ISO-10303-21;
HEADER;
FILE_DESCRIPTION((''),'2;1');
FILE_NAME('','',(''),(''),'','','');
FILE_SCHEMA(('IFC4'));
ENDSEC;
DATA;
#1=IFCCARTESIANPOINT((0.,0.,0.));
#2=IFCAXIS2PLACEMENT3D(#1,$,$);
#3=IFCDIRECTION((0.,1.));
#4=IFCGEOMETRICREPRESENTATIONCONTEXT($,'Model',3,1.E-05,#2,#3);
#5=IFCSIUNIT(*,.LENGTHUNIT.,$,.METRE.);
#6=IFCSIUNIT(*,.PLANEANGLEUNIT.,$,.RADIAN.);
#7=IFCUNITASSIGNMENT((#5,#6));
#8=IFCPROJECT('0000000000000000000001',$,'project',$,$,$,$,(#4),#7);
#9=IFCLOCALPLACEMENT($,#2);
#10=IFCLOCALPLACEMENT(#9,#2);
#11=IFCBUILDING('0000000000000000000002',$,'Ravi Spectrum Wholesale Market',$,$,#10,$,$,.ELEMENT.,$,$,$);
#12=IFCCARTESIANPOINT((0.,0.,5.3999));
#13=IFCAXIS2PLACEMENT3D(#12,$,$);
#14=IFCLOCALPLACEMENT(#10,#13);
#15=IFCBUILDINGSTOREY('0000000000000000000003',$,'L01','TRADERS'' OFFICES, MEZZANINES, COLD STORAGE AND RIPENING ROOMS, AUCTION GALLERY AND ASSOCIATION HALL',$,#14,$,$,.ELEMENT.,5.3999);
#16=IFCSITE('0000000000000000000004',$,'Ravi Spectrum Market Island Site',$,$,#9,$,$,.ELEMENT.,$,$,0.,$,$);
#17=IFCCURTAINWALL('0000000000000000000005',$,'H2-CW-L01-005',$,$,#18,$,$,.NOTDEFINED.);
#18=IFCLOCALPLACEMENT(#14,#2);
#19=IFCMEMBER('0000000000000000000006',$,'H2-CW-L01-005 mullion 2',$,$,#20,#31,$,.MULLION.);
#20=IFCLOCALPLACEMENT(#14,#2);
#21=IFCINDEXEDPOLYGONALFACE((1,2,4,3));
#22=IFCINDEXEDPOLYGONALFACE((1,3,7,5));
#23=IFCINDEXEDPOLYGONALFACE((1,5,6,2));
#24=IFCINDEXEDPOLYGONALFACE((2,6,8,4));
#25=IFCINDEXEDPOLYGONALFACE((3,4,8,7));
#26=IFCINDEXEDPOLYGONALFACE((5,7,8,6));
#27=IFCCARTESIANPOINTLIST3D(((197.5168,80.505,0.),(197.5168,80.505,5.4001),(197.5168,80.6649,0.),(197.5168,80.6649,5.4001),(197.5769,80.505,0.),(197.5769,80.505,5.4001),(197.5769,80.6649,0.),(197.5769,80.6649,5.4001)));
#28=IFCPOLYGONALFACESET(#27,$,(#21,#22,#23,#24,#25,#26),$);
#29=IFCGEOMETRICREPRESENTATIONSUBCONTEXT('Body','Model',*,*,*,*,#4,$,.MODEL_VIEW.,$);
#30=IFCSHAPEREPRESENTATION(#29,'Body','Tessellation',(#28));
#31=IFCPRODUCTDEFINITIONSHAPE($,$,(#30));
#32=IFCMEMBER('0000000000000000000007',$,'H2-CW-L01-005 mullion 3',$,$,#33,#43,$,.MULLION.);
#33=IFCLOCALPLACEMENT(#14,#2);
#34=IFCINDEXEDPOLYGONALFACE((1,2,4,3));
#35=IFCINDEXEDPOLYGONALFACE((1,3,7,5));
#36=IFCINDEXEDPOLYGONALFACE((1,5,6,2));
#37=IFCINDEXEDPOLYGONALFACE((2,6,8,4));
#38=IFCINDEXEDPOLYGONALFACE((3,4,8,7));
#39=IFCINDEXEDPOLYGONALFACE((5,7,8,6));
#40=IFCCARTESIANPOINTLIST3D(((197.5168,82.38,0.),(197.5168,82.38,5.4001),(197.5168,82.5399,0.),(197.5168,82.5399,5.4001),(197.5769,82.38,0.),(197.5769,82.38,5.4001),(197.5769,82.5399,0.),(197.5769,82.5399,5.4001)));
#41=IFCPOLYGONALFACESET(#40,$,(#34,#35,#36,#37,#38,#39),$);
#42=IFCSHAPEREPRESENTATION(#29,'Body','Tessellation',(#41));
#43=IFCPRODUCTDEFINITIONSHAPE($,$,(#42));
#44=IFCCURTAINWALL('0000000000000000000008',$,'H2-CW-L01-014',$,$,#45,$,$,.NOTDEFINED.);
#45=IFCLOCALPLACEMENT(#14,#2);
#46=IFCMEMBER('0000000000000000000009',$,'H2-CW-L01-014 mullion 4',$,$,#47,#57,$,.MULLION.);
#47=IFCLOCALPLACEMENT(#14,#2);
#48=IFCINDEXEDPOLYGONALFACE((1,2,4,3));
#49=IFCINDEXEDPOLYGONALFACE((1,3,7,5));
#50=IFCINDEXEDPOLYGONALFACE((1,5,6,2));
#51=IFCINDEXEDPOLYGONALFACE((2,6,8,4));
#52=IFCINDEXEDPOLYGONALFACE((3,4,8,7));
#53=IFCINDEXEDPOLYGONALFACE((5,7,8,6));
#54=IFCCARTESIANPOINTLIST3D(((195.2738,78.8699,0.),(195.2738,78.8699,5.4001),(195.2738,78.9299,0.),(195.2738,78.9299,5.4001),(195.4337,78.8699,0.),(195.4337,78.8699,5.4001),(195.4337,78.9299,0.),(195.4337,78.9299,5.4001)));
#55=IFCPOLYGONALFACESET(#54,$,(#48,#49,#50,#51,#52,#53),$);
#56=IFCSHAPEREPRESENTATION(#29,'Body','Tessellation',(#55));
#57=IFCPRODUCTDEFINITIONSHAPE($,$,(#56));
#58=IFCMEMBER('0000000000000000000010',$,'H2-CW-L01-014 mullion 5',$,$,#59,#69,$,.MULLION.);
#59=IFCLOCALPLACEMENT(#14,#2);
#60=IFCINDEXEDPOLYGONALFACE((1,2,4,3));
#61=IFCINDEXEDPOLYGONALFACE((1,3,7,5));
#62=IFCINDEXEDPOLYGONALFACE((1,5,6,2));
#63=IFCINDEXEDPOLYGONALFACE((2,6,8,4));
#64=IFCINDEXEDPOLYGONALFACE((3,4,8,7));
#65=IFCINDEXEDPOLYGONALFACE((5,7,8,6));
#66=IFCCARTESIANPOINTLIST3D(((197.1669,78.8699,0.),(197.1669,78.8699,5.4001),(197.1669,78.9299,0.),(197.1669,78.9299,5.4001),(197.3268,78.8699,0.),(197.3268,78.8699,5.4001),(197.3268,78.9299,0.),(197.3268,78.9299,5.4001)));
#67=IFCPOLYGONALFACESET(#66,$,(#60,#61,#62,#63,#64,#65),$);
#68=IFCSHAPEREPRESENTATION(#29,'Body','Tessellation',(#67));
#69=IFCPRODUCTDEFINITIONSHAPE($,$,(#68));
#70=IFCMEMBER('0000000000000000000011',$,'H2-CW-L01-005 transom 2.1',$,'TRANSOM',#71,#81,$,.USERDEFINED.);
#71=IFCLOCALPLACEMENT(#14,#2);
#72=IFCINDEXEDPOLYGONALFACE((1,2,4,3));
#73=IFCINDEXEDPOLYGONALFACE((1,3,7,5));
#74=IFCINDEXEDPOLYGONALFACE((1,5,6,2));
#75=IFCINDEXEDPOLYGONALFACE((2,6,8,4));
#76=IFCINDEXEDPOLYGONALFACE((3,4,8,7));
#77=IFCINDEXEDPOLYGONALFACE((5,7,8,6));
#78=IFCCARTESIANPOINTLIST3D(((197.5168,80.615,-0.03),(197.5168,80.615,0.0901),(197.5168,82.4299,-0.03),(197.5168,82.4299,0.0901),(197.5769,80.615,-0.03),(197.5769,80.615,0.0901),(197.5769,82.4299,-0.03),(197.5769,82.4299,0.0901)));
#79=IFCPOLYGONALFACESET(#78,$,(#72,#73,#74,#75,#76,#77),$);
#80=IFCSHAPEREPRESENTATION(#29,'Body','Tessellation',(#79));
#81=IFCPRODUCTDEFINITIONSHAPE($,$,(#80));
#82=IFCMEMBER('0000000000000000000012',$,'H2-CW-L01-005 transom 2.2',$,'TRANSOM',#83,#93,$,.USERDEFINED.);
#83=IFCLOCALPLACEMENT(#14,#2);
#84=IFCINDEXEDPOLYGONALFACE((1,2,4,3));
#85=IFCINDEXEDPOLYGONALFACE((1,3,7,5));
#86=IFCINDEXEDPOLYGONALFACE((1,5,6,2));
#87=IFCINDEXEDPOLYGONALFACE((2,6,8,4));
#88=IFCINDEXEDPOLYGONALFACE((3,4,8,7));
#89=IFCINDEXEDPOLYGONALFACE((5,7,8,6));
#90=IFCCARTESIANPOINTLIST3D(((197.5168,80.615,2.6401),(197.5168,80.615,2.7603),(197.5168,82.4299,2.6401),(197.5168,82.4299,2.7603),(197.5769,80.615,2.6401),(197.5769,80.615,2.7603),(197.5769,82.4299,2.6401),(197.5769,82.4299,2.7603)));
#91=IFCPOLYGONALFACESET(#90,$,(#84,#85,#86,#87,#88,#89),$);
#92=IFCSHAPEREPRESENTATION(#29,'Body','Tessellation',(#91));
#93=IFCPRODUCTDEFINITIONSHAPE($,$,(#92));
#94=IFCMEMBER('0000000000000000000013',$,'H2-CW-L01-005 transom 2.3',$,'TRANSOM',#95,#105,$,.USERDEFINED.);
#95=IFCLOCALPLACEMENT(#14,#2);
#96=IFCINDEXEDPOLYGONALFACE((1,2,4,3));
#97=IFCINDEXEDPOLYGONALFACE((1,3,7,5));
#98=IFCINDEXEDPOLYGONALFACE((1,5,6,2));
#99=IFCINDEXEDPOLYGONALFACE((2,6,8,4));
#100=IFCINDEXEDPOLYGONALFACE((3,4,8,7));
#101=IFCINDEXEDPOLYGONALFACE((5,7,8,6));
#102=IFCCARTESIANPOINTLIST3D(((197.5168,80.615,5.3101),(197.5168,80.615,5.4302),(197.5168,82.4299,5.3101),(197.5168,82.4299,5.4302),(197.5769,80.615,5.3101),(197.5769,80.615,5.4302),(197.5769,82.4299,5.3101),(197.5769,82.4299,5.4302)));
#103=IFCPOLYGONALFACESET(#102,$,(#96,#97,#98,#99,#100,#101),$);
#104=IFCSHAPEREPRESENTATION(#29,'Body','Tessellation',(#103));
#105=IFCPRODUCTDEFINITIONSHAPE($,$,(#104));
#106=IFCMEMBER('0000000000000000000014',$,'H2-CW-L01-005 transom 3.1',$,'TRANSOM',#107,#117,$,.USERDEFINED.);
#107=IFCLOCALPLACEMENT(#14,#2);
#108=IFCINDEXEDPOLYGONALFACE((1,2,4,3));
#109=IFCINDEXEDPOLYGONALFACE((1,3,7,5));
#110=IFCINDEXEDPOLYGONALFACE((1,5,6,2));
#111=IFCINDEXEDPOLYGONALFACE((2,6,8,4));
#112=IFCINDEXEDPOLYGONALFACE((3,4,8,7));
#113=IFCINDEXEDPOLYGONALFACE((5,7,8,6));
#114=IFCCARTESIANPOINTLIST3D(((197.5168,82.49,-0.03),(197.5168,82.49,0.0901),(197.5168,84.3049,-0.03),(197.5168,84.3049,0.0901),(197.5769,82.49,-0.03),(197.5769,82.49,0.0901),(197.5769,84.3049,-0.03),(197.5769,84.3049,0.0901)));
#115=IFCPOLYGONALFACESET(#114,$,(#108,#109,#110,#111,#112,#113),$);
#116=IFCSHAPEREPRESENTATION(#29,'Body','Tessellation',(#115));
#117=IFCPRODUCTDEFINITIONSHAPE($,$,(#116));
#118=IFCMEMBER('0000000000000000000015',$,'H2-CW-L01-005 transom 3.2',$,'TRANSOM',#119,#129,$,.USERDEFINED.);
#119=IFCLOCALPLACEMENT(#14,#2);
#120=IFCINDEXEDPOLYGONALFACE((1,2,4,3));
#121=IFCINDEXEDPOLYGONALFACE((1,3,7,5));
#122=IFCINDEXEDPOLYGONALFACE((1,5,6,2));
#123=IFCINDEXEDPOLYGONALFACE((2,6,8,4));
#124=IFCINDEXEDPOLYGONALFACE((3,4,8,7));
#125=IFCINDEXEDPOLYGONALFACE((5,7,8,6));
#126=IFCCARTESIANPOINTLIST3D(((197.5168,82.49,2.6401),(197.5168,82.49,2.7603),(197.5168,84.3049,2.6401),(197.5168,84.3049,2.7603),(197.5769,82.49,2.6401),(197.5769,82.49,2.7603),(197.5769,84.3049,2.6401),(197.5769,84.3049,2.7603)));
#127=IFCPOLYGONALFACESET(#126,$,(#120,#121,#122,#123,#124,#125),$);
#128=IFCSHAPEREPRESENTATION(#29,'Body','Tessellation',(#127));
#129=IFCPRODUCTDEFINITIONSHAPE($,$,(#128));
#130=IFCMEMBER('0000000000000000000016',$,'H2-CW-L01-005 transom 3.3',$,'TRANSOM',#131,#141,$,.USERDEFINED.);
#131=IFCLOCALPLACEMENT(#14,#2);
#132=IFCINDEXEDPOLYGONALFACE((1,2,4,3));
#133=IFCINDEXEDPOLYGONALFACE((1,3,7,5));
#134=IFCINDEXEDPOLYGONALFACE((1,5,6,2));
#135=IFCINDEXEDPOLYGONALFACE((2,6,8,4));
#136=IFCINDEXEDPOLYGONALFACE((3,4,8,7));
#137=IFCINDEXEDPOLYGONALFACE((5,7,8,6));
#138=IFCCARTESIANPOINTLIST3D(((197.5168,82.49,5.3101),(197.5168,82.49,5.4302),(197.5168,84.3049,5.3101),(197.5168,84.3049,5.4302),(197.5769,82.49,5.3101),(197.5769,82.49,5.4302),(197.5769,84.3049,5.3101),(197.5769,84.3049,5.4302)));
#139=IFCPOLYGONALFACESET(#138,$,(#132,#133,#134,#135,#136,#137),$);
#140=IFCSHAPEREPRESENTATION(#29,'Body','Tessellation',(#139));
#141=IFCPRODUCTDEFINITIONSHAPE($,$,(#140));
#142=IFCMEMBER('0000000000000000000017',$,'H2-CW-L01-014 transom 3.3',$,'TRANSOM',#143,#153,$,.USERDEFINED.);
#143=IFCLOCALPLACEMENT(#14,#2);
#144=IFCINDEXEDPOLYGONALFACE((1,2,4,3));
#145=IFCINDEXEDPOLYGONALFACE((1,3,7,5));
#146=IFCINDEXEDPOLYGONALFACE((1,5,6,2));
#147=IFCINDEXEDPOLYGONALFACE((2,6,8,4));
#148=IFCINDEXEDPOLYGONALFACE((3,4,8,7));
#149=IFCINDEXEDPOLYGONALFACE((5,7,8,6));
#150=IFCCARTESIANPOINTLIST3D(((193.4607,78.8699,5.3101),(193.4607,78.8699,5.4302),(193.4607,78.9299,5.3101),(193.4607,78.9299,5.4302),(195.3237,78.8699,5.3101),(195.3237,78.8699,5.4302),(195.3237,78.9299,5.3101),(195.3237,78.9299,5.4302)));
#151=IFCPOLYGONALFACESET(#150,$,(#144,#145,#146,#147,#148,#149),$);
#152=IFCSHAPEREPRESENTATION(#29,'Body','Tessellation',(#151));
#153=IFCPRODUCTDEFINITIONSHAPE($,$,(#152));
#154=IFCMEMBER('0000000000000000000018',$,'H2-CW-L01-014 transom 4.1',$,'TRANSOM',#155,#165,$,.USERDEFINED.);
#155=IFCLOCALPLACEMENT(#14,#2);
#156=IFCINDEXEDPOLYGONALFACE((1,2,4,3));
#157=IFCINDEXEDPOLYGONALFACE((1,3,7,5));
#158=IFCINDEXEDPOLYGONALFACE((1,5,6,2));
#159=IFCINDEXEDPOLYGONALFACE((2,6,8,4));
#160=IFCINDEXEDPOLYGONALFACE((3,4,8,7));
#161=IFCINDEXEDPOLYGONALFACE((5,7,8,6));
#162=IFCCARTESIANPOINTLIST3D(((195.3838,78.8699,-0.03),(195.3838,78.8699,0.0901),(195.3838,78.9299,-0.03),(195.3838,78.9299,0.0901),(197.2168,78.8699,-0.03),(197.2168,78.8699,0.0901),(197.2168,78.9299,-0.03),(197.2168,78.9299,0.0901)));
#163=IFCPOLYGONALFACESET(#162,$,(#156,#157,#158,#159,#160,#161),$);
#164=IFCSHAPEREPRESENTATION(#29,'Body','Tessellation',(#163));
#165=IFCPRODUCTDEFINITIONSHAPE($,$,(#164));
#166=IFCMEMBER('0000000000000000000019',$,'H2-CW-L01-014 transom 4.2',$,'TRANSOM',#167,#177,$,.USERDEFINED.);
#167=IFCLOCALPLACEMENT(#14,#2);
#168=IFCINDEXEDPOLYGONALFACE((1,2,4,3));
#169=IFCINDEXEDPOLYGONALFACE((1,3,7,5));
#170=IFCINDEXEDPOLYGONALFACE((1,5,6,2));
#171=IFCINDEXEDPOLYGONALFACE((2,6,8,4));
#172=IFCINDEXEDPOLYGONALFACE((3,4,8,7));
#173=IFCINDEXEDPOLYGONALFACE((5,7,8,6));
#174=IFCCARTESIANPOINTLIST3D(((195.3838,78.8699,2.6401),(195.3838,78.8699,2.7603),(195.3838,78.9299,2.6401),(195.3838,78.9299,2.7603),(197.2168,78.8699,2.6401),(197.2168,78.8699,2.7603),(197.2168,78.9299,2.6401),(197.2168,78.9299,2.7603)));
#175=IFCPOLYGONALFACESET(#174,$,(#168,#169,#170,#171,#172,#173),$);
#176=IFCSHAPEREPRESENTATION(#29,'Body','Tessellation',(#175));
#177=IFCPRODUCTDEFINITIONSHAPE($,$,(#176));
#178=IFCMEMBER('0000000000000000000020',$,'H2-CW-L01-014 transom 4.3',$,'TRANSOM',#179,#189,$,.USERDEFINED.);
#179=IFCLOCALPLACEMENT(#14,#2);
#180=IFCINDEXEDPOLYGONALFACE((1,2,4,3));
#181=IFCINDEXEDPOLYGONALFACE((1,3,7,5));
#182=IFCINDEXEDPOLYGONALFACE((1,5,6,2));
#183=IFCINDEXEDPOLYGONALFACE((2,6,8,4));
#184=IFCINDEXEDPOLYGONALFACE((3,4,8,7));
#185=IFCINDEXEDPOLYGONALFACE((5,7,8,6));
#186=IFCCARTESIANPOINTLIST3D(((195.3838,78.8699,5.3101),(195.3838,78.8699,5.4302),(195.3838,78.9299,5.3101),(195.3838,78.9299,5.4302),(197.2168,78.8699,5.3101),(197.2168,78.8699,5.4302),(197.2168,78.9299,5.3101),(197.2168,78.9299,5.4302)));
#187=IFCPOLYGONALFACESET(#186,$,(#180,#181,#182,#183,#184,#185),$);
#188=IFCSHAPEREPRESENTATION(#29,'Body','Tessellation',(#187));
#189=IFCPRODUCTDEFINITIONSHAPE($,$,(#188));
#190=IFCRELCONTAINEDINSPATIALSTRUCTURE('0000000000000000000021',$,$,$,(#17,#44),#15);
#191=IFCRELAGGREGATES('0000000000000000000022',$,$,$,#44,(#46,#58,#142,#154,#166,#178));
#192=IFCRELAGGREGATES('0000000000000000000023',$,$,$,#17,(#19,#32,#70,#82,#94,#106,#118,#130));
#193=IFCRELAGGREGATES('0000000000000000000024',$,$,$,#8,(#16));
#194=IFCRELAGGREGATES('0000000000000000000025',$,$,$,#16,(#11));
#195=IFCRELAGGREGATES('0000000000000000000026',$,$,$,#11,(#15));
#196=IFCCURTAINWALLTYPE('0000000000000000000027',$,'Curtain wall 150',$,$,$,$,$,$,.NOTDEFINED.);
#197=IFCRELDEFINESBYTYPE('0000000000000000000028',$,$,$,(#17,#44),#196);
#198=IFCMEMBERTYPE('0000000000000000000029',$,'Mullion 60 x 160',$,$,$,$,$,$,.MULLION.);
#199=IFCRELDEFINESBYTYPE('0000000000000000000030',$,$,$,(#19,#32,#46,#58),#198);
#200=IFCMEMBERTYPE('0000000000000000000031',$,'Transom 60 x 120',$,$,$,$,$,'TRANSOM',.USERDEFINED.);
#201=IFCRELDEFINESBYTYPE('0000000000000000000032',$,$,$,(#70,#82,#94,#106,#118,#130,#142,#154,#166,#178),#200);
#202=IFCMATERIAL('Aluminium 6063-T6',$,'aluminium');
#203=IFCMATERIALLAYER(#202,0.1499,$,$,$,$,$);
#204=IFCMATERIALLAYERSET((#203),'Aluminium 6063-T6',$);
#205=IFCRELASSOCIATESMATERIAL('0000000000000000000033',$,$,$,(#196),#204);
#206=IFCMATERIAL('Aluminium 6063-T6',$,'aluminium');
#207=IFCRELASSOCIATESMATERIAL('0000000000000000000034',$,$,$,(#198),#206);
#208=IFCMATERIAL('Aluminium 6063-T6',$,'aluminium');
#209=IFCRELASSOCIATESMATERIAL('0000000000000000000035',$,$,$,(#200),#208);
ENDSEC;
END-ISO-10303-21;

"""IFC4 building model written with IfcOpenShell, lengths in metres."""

from ifc_helpers import new_model, si_unit, direction, frame, origin, origin_2d, place, context, subcontext, project, spatial, rectangle, extrude, material, layer, layer_set, material_profile, profile_set, type_object, element, aggregate, save


model = new_model("IFC4")

# Units and contexts
model_context = context("Model", 3, precision=1e-05, world=origin(), true_north=direction((0.0, 1.0)))
body_context = subcontext(model_context, "Body", "Model", "MODEL_VIEW")
ifc_project = project(units=[si_unit("LENGTHUNIT", "METRE"), si_unit("PLANEANGLEUNIT", "RADIAN")], contexts=[model_context])

# Site, building, storey
site_placement = place(None, origin())
site = spatial("IfcSite", under=ifc_project, at=site_placement, Name="Ravi Spectrum Market Island Site", CompositionType="ELEMENT", RefElevation=0.0)
building_placement = place(site_placement, origin())
building = spatial("IfcBuilding", under=site, at=building_placement, Name="Ravi Spectrum Wholesale Market", CompositionType="ELEMENT")
storey_placement = place(building_placement, frame((0.0, 0.0, 5.3999)))
storey = spatial("IfcBuildingStorey", under=building, at=storey_placement, Name="L01", Description="TRADERS' OFFICES, MEZZANINES, COLD STORAGE AND RIPENING ROOMS, AUCTION GALLERY AND ASSOCIATION HALL", CompositionType="ELEMENT", Elevation=5.3999)

# Curtain walls, members
ifc_material_1 = material(Name="Aluminium 6063-T6", Category="aluminium")
ifc_layer_1 = layer(ifc_material_1, 0.1499)
ifc_layer_set_1 = layer_set([ifc_layer_1], Name="Aluminium 6063-T6")
curtain_wall_type = type_object("IfcCurtainWallType", Name="Curtain wall 150", PredefinedType="NOTDEFINED", material=ifc_layer_set_1)
curtain_wall_1_placement = place(storey_placement, origin())
curtain_wall_1 = element("IfcCurtainWall", 1, at=curtain_wall_1_placement, inside=storey, type_object=curtain_wall_type, Name="H2-CW-L01-005", PredefinedType="NOTDEFINED")
ifc_material_2 = material(Name="Aluminium 6063-T6", Category="aluminium")
ifc_material_profile_1 = material_profile(ifc_material_2, rectangle(XDim=0.0601, YDim=0.1599, at=origin_2d()))
ifc_profile_set_1 = profile_set([ifc_material_profile_1], Name="Aluminium 6063-T6")
member_type_1 = type_object("IfcMemberType", Name="Mullion 60 x 160", PredefinedType="MULLION", material=ifc_profile_set_1)
member_1_placement = place(storey_placement, frame((197.5469, 80.585, 0.0), z_axis=(0.0, 0.0, 1.0), x_axis=(-1.0, 0.0, 0.0)))
member_1 = element("IfcMember", 2, at=member_1_placement, type_object=member_type_1, Name="H2-CW-L01-005 mullion 2", PredefinedType="MULLION", context=body_context, shape_type="SweptSolid", body=[
    extrude(rectangle(XDim=0.0601, YDim=0.1599, at=origin_2d()), origin(), (0.0, 0.0, 1.0), 5.4001),
])
member_2_placement = place(storey_placement, frame((197.5469, 82.46, 0.0), z_axis=(0.0, 0.0, 1.0), x_axis=(-1.0, 0.0, 0.0)))
member_2 = element("IfcMember", 3, at=member_2_placement, type_object=member_type_1, Name="H2-CW-L01-005 mullion 3", PredefinedType="MULLION", context=body_context, shape_type="SweptSolid", body=[
    extrude(rectangle(XDim=0.0601, YDim=0.1599, at=origin_2d()), origin(), (0.0, 0.0, 1.0), 5.4001),
])
curtain_wall_2_placement = place(storey_placement, origin())
curtain_wall_2 = element("IfcCurtainWall", 4, at=curtain_wall_2_placement, inside=storey, type_object=curtain_wall_type, Name="H2-CW-L01-014", PredefinedType="NOTDEFINED")
member_3_placement = place(storey_placement, frame((195.3538, 78.8999, 0.0), z_axis=(0.0, 0.0, 1.0), x_axis=(0.0, 1.0, 0.0)))
member_3 = element("IfcMember", 5, at=member_3_placement, type_object=member_type_1, Name="H2-CW-L01-014 mullion 4", PredefinedType="MULLION", context=body_context, shape_type="SweptSolid", body=[
    extrude(rectangle(XDim=0.0601, YDim=0.1599, at=origin_2d()), origin(), (0.0, 0.0, 1.0), 5.4001),
])
member_4_placement = place(storey_placement, frame((197.2468, 78.8999, 0.0), z_axis=(0.0, 0.0, 1.0), x_axis=(0.0, 1.0, 0.0)))
member_4 = element("IfcMember", 6, at=member_4_placement, type_object=member_type_1, Name="H2-CW-L01-014 mullion 5", PredefinedType="MULLION", context=body_context, shape_type="SweptSolid", body=[
    extrude(rectangle(XDim=0.0601, YDim=0.1599, at=origin_2d()), origin(), (0.0, 0.0, 1.0), 5.4001),
])

# Members
ifc_material_3 = material(Name="Aluminium 6063-T6", Category="aluminium")
ifc_material_profile_2 = material_profile(ifc_material_3, rectangle(XDim=0.0601, YDim=0.1201, at=origin_2d()))
ifc_profile_set_2 = profile_set([ifc_material_profile_2], Name="Aluminium 6063-T6")
member_type_2 = type_object("IfcMemberType", Name="Transom 60 x 120", ElementType="TRANSOM", PredefinedType="USERDEFINED", material=ifc_profile_set_2)
member_5_placement = place(storey_placement, frame((197.5469, 80.615, 0.03), z_axis=(0.0, 1.0, 0.0), x_axis=(-1.0, 0.0, 0.0)))
member_5 = element("IfcMember", 7, at=member_5_placement, type_object=member_type_2, Name="H2-CW-L01-005 transom 2.1", ObjectType="TRANSOM", PredefinedType="USERDEFINED", context=body_context, shape_type="SweptSolid", body=[
    extrude(rectangle(XDim=0.0601, YDim=0.1201, at=origin_2d()), origin(), (0.0, 0.0, 1.0), 1.8149),
])
member_6_placement = place(storey_placement, frame((197.5469, 80.615, 2.7002), z_axis=(0.0, 1.0, 0.0), x_axis=(-1.0, 0.0, 0.0)))
member_6 = element("IfcMember", 8, at=member_6_placement, type_object=member_type_2, Name="H2-CW-L01-005 transom 2.2", ObjectType="TRANSOM", PredefinedType="USERDEFINED", context=body_context, shape_type="SweptSolid", body=[
    extrude(rectangle(XDim=0.0601, YDim=0.1201, at=origin_2d()), origin(), (0.0, 0.0, 1.0), 1.8149),
])
member_7_placement = place(storey_placement, frame((197.5469, 80.615, 5.3701), z_axis=(0.0, 1.0, 0.0), x_axis=(-1.0, 0.0, 0.0)))
member_7 = element("IfcMember", 9, at=member_7_placement, type_object=member_type_2, Name="H2-CW-L01-005 transom 2.3", ObjectType="TRANSOM", PredefinedType="USERDEFINED", context=body_context, shape_type="SweptSolid", body=[
    extrude(rectangle(XDim=0.0601, YDim=0.1201, at=origin_2d()), origin(), (0.0, 0.0, 1.0), 1.8149),
])
member_8_placement = place(storey_placement, frame((197.5469, 82.49, 0.03), z_axis=(0.0, 1.0, 0.0), x_axis=(-1.0, 0.0, 0.0)))
member_8 = element("IfcMember", 10, at=member_8_placement, type_object=member_type_2, Name="H2-CW-L01-005 transom 3.1", ObjectType="TRANSOM", PredefinedType="USERDEFINED", context=body_context, shape_type="SweptSolid", body=[
    extrude(rectangle(XDim=0.0601, YDim=0.1201, at=origin_2d()), origin(), (0.0, 0.0, 1.0), 1.8149),
])
member_9_placement = place(storey_placement, frame((197.5469, 82.49, 2.7002), z_axis=(0.0, 1.0, 0.0), x_axis=(-1.0, 0.0, 0.0)))
member_9 = element("IfcMember", 11, at=member_9_placement, type_object=member_type_2, Name="H2-CW-L01-005 transom 3.2", ObjectType="TRANSOM", PredefinedType="USERDEFINED", context=body_context, shape_type="SweptSolid", body=[
    extrude(rectangle(XDim=0.0601, YDim=0.1201, at=origin_2d()), origin(), (0.0, 0.0, 1.0), 1.8149),
])
member_10_placement = place(storey_placement, frame((197.5469, 82.49, 5.3701), z_axis=(0.0, 1.0, 0.0), x_axis=(-1.0, 0.0, 0.0)))
member_10 = element("IfcMember", 12, at=member_10_placement, type_object=member_type_2, Name="H2-CW-L01-005 transom 3.3", ObjectType="TRANSOM", PredefinedType="USERDEFINED", context=body_context, shape_type="SweptSolid", body=[
    extrude(rectangle(XDim=0.0601, YDim=0.1201, at=origin_2d()), origin(), (0.0, 0.0, 1.0), 1.8149),
])
member_11_placement = place(storey_placement, frame((193.4607, 78.8999, 5.3701), z_axis=(1.0, 0.0, 0.0), x_axis=(0.0, 1.0, 0.0)))
member_11 = element("IfcMember", 13, at=member_11_placement, type_object=member_type_2, Name="H2-CW-L01-014 transom 3.3", ObjectType="TRANSOM", PredefinedType="USERDEFINED", context=body_context, shape_type="SweptSolid", body=[
    extrude(rectangle(XDim=0.0601, YDim=0.1201, at=origin_2d()), origin(), (0.0, 0.0, 1.0), 1.863),
])
member_12_placement = place(storey_placement, frame((195.3838, 78.8999, 0.03), z_axis=(1.0, 0.0, 0.0), x_axis=(0.0, 1.0, 0.0)))
member_12 = element("IfcMember", 14, at=member_12_placement, type_object=member_type_2, Name="H2-CW-L01-014 transom 4.1", ObjectType="TRANSOM", PredefinedType="USERDEFINED", context=body_context, shape_type="SweptSolid", body=[
    extrude(rectangle(XDim=0.0601, YDim=0.1201, at=origin_2d()), origin(), (0.0, 0.0, 1.0), 1.833),
])
member_13_placement = place(storey_placement, frame((195.3838, 78.8999, 2.7002), z_axis=(1.0, 0.0, 0.0), x_axis=(0.0, 1.0, 0.0)))
member_13 = element("IfcMember", 15, at=member_13_placement, type_object=member_type_2, Name="H2-CW-L01-014 transom 4.2", ObjectType="TRANSOM", PredefinedType="USERDEFINED", context=body_context, shape_type="SweptSolid", body=[
    extrude(rectangle(XDim=0.0601, YDim=0.1201, at=origin_2d()), origin(), (0.0, 0.0, 1.0), 1.833),
])
member_14_placement = place(storey_placement, frame((195.3838, 78.8999, 5.3701), z_axis=(1.0, 0.0, 0.0), x_axis=(0.0, 1.0, 0.0)))
member_14 = element("IfcMember", 16, at=member_14_placement, type_object=member_type_2, Name="H2-CW-L01-014 transom 4.3", ObjectType="TRANSOM", PredefinedType="USERDEFINED", context=body_context, shape_type="SweptSolid", body=[
    extrude(rectangle(XDim=0.0601, YDim=0.1201, at=origin_2d()), origin(), (0.0, 0.0, 1.0), 1.833),
])

aggregate(curtain_wall_2, [member_3, member_4, member_11, member_12, member_13, member_14])
aggregate(curtain_wall_1, [member_1, member_2, member_5, member_6, member_7, member_8, member_9, member_10])

save(model, "model.ifc")
